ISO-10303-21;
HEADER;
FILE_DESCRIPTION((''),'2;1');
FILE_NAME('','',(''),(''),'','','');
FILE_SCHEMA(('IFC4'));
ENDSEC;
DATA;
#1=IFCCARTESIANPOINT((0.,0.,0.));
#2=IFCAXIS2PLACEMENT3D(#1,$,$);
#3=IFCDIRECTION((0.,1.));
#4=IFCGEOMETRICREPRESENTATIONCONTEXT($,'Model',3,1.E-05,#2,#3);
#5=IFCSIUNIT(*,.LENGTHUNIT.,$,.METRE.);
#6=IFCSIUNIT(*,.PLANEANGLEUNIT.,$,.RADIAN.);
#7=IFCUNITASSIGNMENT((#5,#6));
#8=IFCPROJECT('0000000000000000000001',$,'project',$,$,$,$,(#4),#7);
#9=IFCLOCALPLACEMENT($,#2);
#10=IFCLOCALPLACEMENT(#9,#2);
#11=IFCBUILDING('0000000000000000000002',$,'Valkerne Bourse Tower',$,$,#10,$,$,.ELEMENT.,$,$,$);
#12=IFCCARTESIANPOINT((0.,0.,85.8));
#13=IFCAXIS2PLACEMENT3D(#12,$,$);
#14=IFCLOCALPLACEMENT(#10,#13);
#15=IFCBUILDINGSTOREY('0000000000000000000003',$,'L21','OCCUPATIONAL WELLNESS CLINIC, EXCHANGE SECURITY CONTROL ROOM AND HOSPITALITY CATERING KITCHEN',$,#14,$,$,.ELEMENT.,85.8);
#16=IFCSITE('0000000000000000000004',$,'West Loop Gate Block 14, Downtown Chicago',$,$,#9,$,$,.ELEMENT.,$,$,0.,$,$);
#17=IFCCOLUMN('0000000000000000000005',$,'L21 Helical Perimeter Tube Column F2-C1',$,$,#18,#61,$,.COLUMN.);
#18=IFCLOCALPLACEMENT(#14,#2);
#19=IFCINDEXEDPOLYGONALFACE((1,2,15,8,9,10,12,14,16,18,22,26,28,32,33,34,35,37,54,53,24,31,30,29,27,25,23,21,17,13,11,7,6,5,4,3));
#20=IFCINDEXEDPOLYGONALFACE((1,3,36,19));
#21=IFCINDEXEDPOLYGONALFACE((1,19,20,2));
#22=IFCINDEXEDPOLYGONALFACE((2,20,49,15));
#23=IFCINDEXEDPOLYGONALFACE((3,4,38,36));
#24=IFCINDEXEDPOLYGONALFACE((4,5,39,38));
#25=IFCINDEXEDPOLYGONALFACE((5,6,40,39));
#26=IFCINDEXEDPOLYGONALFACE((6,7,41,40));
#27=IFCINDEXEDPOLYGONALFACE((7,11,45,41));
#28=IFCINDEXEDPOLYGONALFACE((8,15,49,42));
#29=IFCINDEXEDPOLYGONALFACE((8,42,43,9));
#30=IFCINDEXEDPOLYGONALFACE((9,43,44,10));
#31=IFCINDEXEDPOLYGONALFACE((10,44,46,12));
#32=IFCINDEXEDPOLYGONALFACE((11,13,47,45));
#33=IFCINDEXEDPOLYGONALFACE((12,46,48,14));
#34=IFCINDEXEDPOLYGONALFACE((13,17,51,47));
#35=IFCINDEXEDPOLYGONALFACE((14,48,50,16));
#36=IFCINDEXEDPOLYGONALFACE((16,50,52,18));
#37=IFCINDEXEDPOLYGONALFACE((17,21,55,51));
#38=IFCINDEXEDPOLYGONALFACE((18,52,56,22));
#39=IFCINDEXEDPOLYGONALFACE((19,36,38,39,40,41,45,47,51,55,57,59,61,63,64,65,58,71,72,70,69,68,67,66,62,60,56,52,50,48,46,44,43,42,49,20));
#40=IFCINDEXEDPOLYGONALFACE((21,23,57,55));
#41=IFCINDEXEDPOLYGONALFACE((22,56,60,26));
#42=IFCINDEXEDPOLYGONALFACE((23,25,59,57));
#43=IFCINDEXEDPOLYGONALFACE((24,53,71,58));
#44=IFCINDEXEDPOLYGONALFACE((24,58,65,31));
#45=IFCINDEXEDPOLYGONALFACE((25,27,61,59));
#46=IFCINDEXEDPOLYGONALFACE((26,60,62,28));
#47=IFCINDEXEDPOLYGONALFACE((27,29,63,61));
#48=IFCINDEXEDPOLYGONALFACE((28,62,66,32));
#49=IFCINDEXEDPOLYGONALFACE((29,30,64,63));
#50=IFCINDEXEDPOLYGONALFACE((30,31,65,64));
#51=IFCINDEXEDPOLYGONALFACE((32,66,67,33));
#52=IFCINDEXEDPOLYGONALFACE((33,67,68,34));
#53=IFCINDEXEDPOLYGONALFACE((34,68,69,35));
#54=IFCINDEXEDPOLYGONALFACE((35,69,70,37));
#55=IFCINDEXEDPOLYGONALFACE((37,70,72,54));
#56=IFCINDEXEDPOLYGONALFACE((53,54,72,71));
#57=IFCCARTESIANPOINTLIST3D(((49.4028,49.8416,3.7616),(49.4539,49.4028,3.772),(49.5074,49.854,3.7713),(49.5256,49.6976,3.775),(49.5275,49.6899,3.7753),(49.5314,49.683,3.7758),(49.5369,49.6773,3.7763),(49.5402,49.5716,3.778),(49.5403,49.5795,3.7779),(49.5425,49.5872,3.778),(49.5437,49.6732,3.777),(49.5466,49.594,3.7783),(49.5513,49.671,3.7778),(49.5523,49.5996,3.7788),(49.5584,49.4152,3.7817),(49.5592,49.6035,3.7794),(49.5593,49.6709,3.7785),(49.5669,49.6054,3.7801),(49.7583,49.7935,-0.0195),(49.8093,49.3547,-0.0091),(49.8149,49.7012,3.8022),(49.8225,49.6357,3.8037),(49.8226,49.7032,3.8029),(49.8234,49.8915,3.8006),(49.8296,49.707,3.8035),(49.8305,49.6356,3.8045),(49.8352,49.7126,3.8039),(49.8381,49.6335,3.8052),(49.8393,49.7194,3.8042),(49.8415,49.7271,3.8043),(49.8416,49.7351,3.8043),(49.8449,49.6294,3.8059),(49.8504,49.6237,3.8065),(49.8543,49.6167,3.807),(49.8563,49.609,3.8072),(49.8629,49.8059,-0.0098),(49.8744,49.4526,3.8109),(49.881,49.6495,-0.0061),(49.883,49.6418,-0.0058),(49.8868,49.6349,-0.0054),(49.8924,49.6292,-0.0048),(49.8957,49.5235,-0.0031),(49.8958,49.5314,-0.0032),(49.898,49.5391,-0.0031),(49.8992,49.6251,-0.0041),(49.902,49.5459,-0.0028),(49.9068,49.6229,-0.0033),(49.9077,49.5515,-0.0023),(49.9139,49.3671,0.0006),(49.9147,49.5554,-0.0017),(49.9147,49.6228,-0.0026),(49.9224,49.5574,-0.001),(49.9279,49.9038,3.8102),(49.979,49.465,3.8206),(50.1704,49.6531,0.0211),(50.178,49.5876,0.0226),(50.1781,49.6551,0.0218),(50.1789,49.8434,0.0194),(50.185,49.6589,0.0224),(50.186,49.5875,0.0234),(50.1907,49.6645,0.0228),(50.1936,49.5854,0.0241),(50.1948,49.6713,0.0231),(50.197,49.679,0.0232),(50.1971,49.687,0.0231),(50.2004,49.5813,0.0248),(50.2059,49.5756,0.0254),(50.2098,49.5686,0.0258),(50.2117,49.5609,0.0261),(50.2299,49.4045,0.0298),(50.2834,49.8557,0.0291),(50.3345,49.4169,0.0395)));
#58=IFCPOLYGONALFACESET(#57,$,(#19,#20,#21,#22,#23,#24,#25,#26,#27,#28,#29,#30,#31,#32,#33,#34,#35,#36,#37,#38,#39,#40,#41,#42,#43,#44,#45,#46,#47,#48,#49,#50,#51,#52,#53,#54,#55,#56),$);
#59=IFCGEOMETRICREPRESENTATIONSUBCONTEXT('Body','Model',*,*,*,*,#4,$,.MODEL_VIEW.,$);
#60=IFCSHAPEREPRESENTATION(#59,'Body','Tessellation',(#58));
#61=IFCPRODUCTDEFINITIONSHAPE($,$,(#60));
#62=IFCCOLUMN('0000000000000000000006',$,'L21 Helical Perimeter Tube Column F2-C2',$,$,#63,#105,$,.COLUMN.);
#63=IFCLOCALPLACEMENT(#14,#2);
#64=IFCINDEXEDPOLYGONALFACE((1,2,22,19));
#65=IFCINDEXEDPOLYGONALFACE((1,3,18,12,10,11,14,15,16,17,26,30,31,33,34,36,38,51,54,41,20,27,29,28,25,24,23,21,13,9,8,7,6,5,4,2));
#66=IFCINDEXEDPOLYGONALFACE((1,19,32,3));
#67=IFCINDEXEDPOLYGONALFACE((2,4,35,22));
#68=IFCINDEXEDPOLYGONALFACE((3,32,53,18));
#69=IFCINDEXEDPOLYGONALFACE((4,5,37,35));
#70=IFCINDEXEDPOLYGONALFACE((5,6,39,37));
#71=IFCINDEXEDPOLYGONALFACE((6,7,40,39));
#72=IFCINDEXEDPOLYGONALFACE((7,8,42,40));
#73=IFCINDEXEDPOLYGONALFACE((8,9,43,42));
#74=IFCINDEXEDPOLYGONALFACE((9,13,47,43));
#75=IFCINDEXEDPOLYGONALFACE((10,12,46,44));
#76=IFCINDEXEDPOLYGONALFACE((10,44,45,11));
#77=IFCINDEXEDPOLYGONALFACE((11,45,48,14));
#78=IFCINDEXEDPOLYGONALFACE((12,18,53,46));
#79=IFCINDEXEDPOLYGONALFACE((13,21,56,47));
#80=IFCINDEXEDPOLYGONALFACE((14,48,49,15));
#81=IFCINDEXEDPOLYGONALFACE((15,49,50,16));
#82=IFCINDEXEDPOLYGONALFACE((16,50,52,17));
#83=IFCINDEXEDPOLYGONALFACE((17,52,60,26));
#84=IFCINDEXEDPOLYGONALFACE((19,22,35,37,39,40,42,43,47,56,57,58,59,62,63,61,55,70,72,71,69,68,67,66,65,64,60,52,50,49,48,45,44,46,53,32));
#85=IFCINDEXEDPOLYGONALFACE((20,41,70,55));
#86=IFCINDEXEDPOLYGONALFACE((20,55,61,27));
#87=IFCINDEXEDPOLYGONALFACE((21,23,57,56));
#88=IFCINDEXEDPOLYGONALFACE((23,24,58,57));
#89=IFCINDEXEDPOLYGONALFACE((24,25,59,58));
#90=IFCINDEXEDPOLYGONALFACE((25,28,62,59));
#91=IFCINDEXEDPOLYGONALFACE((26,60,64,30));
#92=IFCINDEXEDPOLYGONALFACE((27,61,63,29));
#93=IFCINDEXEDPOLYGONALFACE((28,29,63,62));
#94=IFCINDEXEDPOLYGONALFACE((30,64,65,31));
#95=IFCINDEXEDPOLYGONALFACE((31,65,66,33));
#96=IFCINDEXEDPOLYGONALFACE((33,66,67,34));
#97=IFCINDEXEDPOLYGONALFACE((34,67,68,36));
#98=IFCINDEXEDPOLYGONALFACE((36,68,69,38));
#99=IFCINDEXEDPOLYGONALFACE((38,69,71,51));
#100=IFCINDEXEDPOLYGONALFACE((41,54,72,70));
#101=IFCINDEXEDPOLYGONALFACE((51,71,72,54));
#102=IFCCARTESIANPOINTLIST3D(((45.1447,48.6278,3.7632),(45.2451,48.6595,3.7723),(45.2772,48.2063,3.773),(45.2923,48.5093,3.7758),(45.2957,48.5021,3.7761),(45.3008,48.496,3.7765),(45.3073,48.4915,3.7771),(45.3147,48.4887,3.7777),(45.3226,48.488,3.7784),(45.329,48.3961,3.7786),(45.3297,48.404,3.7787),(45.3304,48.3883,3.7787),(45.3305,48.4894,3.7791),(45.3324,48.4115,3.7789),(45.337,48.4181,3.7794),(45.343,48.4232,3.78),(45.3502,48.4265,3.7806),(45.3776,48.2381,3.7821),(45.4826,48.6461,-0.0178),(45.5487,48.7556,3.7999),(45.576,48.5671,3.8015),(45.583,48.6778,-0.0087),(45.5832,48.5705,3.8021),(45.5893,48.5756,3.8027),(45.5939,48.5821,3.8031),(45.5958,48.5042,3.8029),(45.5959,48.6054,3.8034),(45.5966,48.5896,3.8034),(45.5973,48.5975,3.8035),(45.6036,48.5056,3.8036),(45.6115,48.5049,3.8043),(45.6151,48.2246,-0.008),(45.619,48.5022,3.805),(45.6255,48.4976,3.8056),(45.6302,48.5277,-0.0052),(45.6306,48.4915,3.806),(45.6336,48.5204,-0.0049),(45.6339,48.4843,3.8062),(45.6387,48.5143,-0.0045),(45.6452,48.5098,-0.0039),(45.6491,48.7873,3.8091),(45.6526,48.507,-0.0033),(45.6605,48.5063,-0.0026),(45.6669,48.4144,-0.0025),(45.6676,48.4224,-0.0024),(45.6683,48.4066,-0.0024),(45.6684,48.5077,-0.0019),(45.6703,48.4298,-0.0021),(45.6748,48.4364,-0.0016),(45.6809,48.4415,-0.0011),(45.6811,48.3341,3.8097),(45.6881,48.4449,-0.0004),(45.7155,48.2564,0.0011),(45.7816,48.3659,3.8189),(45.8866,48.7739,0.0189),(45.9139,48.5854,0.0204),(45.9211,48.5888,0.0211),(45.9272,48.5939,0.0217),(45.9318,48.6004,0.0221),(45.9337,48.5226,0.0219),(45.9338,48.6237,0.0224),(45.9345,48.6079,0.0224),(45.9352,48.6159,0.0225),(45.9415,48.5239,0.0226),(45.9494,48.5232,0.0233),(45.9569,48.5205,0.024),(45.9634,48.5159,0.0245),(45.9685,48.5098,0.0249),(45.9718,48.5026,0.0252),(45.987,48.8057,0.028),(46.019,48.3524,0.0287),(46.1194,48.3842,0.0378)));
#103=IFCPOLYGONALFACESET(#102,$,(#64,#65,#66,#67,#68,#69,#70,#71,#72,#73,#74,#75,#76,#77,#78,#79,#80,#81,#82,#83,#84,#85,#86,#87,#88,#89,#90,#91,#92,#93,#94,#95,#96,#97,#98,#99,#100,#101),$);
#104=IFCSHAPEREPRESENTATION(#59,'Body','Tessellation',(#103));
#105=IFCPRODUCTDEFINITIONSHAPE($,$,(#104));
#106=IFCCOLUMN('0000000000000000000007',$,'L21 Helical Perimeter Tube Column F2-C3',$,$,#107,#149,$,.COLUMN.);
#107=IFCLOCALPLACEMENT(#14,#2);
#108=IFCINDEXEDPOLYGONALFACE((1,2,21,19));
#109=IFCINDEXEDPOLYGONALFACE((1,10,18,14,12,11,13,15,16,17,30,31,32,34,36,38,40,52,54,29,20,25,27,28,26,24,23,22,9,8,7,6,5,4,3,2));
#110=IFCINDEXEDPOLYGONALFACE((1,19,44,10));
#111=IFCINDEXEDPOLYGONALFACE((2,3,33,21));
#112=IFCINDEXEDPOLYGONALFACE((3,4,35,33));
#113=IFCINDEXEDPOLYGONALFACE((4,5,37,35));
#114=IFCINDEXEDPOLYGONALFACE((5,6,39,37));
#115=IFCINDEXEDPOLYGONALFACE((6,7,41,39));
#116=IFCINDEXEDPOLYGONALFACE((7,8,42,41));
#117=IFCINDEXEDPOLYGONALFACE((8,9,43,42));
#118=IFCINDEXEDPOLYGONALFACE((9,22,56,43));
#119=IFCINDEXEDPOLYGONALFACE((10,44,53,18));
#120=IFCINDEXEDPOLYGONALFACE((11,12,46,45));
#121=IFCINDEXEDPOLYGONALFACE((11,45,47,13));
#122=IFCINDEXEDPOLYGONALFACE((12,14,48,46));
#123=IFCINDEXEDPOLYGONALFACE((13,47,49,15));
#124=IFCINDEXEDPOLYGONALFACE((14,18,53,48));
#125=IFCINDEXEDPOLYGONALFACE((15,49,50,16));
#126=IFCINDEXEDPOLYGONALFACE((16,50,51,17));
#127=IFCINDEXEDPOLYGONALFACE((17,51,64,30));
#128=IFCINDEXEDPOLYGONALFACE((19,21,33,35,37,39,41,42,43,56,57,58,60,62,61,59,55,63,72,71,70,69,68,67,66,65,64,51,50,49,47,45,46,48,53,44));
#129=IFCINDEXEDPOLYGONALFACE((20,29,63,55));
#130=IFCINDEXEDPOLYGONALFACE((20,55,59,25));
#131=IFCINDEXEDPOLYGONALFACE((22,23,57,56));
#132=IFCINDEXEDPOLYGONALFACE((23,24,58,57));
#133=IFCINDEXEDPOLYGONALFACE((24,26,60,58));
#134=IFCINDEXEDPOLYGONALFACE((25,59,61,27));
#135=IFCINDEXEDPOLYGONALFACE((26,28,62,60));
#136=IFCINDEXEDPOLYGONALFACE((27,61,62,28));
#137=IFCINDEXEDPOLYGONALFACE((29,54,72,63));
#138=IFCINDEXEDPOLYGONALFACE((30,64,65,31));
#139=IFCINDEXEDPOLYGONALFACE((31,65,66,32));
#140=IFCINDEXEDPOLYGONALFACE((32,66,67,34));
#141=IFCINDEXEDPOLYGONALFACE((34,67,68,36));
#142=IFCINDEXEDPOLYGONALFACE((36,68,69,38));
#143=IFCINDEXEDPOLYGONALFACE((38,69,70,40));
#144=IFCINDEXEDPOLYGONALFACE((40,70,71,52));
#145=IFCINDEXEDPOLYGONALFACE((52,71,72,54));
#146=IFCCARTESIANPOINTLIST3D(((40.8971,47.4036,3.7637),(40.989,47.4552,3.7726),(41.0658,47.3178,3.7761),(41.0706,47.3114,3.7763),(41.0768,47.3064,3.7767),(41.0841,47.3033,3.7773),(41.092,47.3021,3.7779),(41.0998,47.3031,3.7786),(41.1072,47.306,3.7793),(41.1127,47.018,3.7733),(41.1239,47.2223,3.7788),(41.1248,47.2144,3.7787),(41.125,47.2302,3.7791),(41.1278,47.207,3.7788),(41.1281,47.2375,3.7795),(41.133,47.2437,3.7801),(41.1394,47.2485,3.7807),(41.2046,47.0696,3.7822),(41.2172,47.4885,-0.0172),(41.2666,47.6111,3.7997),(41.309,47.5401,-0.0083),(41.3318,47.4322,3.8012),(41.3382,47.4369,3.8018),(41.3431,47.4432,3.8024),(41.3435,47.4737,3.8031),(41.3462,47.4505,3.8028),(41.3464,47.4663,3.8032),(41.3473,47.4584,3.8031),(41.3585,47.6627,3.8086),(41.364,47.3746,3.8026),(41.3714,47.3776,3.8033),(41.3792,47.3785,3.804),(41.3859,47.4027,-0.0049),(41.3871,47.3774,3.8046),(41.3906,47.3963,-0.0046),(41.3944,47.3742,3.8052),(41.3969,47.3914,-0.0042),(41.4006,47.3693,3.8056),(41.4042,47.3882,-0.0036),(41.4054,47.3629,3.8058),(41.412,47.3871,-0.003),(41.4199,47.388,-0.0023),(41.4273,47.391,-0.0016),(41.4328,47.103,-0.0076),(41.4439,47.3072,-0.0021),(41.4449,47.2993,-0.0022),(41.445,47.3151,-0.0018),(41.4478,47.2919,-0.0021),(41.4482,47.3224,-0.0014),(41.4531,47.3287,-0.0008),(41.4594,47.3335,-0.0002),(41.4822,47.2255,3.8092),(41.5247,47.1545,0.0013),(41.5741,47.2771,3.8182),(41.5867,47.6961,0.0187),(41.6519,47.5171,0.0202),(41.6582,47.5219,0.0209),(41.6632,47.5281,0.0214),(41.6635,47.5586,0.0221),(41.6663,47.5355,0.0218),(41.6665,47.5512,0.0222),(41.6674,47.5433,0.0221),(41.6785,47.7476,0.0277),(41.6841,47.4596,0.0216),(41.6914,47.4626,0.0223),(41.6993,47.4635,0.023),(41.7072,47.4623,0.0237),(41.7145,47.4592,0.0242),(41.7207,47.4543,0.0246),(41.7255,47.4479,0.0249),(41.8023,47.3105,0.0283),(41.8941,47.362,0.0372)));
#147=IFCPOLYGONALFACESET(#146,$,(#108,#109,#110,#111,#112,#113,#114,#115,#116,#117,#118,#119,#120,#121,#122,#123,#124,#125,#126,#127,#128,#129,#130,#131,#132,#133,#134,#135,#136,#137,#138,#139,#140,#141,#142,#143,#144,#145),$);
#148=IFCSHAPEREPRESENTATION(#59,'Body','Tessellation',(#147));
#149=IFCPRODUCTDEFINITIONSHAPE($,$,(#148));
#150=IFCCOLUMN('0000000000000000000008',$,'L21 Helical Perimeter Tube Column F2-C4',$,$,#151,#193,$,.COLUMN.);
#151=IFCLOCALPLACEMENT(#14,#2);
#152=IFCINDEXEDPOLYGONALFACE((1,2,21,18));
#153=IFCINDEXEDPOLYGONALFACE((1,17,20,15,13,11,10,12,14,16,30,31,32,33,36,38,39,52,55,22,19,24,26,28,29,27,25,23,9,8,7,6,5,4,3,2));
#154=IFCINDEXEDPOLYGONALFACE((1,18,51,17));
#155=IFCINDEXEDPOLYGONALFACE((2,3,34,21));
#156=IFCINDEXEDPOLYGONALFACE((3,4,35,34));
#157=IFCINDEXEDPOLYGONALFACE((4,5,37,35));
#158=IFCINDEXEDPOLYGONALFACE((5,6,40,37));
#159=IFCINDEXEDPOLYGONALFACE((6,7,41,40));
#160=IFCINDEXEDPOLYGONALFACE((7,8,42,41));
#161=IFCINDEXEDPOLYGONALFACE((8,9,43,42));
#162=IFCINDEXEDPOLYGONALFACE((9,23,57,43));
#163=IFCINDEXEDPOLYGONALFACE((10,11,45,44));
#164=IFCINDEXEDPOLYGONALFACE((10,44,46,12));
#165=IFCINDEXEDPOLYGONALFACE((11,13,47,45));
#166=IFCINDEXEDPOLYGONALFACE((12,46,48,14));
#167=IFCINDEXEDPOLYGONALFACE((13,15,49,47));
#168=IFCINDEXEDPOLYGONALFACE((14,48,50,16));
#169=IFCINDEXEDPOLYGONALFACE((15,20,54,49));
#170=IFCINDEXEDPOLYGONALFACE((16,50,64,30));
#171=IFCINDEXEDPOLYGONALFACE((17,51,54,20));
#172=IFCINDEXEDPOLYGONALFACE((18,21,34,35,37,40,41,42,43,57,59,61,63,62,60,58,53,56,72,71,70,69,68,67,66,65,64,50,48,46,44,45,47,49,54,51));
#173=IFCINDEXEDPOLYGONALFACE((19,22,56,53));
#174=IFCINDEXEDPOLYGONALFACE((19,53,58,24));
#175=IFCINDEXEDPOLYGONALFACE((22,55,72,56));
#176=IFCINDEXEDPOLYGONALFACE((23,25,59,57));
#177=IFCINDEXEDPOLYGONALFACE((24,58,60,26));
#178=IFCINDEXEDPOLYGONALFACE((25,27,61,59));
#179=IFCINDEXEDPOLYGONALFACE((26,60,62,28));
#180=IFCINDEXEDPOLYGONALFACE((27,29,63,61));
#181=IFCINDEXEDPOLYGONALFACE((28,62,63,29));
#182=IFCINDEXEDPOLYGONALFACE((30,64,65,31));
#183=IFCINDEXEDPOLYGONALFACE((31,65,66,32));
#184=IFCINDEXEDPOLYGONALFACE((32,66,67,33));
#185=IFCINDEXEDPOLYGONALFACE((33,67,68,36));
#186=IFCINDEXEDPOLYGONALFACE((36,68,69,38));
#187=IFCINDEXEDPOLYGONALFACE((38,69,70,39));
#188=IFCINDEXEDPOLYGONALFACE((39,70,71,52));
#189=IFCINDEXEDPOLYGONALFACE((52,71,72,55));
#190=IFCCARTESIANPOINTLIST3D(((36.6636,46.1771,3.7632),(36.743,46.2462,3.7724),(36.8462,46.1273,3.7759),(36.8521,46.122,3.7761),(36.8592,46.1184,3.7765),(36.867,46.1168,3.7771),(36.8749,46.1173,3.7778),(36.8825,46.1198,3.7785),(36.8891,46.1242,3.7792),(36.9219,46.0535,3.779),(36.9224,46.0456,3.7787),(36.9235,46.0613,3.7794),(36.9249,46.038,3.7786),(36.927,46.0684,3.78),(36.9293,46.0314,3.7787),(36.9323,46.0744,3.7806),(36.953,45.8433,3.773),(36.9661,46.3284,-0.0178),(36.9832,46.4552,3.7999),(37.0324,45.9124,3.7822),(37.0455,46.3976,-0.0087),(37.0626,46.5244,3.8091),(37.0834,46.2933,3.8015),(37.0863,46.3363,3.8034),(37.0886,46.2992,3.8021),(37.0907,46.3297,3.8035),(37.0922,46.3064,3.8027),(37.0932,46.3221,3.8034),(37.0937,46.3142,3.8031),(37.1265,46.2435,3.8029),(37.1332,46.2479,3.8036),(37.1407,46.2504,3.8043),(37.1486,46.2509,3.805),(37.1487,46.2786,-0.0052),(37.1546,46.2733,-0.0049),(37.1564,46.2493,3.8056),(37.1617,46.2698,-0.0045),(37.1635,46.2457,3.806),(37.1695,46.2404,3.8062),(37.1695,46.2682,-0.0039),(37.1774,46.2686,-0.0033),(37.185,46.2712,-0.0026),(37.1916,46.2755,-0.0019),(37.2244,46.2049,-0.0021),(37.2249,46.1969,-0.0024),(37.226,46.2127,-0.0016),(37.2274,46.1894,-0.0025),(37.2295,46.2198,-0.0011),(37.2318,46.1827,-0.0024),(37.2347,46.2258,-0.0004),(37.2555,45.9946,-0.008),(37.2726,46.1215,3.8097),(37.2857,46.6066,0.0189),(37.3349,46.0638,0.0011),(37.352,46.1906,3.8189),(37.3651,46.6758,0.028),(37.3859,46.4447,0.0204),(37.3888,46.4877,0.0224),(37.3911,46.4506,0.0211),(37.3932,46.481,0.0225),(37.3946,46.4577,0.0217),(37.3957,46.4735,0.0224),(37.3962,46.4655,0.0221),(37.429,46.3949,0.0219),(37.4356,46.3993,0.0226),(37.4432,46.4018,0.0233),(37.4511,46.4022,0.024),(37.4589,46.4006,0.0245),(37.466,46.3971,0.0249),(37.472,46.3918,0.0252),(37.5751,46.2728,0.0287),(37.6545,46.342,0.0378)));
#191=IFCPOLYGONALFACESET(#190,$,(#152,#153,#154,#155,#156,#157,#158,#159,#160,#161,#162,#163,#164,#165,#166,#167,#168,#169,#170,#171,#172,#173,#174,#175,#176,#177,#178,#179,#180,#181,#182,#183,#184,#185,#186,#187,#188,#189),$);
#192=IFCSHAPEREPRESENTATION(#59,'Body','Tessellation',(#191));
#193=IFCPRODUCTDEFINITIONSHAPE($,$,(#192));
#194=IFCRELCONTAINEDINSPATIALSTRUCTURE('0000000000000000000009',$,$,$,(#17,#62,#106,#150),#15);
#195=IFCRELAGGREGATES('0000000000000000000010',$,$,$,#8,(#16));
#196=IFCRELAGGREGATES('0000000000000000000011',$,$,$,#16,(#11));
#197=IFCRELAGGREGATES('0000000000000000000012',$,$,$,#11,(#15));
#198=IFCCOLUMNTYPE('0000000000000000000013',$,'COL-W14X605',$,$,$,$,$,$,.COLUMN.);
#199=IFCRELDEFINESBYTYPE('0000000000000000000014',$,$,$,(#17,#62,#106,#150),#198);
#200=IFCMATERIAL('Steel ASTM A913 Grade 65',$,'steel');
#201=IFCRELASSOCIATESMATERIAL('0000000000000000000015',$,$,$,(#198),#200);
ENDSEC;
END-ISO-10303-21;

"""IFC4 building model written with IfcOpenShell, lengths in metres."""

from ifc_helpers import new_model, si_unit, direction, frame, origin, origin_2d, place, context, subcontext, project, spatial, i_section, extrude, material, material_profile, profile_set, type_object, element, save


model = new_model("IFC4")

# Units and contexts
model_context = context("Model", 3, precision=1e-05, world=origin(), true_north=direction((0.0, 1.0)))
body_context = subcontext(model_context, "Body", "Model", "MODEL_VIEW")
ifc_project = project(units=[si_unit("LENGTHUNIT", "METRE"), si_unit("PLANEANGLEUNIT", "RADIAN")], contexts=[model_context])

# Site, building, storey
site_placement = place(None, origin())
site = spatial("IfcSite", under=ifc_project, at=site_placement, Name="West Loop Gate Block 14, Downtown Chicago", CompositionType="ELEMENT", RefElevation=0.0)
building_placement = place(site_placement, origin())
building = spatial("IfcBuilding", under=site, at=building_placement, Name="Valkerne Bourse Tower", CompositionType="ELEMENT")
storey_placement = place(building_placement, frame((0.0, 0.0, 85.8)))
storey = spatial("IfcBuildingStorey", under=building, at=storey_placement, Name="L21", Description="OCCUPATIONAL WELLNESS CLINIC, EXCHANGE SECURITY CONTROL ROOM AND HOSPITALITY CATERING KITCHEN", CompositionType="ELEMENT", Elevation=85.8)

# Columns
ifc_material_1 = material(Name="Steel ASTM A913 Grade 65", Category="steel")
ifc_material_profile_1 = material_profile(ifc_material_1, i_section(OverallWidth=0.4419, OverallDepth=0.531, WebThickness=0.0659, FlangeThickness=0.1057, FilletRadius=0.0305, at=origin_2d()), Name="W14X605")
ifc_profile_set_1 = profile_set([ifc_material_profile_1], Name="Steel ASTM A913 Grade 65")
column_type = type_object("IfcColumnType", Name="COL-W14X605", PredefinedType="COLUMN", material=ifc_profile_set_1)
column_1_placement = place(storey_placement, frame((50.0464, 49.6052, 0.01), z_axis=(-0.093594, 0.012663, 0.99553), x_axis=(-0.115475, 0.993033, -0.023488)))
element("IfcColumn", 1, at=column_1_placement, inside=storey, type_object=column_type, Name="L21 Helical Perimeter Tube Column F2-C1", PredefinedType="COLUMN", context=body_context, shape_type="SweptSolid", body=[
    extrude(i_section(OverallWidth=0.4419, OverallDepth=0.531, WebThickness=0.0659, FlangeThickness=0.1057, FilletRadius=0.0305, at=origin_2d()), origin(), (0.0, 0.0, 1.0), 3.7981),
])
column_2_placement = place(storey_placement, frame((45.801, 48.5151, 0.01), z_axis=(-0.08901, -0.004823, 0.996019), x_axis=(-0.299748, 0.953761, -0.022168)))
element("IfcColumn", 2, at=column_2_placement, inside=storey, type_object=column_type, Name="L21 Helical Perimeter Tube Column F2-C2", PredefinedType="COLUMN", context=body_context, shape_type="SweptSolid", body=[
    extrude(i_section(OverallWidth=0.4419, OverallDepth=0.531, WebThickness=0.0659, FlangeThickness=0.1057, FilletRadius=0.0305, at=origin_2d()), origin(), (0.0, 0.0, 1.0), 3.7961),
])
column_3_placement = place(storey_placement, frame((41.5557, 47.4253, 0.01), z_axis=(-0.084329, -0.022385, 0.996187), x_axis=(-0.48795, 0.872602, -0.021698)))
element("IfcColumn", 3, at=column_3_placement, inside=storey, type_object=column_type, Name="L21 Helical Perimeter Tube Column F2-C3", PredefinedType="COLUMN", context=body_context, shape_type="SweptSolid", body=[
    extrude(i_section(OverallWidth=0.4419, OverallDepth=0.531, WebThickness=0.0659, FlangeThickness=0.1057, FilletRadius=0.0305, at=origin_2d()), origin(), (0.0, 0.0, 1.0), 3.7954),
])
column_4_placement = place(storey_placement, frame((37.3103, 46.3352, 0.01), z_axis=(-0.079684, -0.039874, 0.996022), x_axis=(-0.654958, 0.755341, -0.022159)))
element("IfcColumn", 4, at=column_4_placement, inside=storey, type_object=column_type, Name="L21 Helical Perimeter Tube Column F2-C4", PredefinedType="COLUMN", context=body_context, shape_type="SweptSolid", body=[
    extrude(i_section(OverallWidth=0.4419, OverallDepth=0.531, WebThickness=0.0659, FlangeThickness=0.1057, FilletRadius=0.0305, at=origin_2d()), origin(), (0.0, 0.0, 1.0), 3.7961),
])

save(model, "model.ifc")
